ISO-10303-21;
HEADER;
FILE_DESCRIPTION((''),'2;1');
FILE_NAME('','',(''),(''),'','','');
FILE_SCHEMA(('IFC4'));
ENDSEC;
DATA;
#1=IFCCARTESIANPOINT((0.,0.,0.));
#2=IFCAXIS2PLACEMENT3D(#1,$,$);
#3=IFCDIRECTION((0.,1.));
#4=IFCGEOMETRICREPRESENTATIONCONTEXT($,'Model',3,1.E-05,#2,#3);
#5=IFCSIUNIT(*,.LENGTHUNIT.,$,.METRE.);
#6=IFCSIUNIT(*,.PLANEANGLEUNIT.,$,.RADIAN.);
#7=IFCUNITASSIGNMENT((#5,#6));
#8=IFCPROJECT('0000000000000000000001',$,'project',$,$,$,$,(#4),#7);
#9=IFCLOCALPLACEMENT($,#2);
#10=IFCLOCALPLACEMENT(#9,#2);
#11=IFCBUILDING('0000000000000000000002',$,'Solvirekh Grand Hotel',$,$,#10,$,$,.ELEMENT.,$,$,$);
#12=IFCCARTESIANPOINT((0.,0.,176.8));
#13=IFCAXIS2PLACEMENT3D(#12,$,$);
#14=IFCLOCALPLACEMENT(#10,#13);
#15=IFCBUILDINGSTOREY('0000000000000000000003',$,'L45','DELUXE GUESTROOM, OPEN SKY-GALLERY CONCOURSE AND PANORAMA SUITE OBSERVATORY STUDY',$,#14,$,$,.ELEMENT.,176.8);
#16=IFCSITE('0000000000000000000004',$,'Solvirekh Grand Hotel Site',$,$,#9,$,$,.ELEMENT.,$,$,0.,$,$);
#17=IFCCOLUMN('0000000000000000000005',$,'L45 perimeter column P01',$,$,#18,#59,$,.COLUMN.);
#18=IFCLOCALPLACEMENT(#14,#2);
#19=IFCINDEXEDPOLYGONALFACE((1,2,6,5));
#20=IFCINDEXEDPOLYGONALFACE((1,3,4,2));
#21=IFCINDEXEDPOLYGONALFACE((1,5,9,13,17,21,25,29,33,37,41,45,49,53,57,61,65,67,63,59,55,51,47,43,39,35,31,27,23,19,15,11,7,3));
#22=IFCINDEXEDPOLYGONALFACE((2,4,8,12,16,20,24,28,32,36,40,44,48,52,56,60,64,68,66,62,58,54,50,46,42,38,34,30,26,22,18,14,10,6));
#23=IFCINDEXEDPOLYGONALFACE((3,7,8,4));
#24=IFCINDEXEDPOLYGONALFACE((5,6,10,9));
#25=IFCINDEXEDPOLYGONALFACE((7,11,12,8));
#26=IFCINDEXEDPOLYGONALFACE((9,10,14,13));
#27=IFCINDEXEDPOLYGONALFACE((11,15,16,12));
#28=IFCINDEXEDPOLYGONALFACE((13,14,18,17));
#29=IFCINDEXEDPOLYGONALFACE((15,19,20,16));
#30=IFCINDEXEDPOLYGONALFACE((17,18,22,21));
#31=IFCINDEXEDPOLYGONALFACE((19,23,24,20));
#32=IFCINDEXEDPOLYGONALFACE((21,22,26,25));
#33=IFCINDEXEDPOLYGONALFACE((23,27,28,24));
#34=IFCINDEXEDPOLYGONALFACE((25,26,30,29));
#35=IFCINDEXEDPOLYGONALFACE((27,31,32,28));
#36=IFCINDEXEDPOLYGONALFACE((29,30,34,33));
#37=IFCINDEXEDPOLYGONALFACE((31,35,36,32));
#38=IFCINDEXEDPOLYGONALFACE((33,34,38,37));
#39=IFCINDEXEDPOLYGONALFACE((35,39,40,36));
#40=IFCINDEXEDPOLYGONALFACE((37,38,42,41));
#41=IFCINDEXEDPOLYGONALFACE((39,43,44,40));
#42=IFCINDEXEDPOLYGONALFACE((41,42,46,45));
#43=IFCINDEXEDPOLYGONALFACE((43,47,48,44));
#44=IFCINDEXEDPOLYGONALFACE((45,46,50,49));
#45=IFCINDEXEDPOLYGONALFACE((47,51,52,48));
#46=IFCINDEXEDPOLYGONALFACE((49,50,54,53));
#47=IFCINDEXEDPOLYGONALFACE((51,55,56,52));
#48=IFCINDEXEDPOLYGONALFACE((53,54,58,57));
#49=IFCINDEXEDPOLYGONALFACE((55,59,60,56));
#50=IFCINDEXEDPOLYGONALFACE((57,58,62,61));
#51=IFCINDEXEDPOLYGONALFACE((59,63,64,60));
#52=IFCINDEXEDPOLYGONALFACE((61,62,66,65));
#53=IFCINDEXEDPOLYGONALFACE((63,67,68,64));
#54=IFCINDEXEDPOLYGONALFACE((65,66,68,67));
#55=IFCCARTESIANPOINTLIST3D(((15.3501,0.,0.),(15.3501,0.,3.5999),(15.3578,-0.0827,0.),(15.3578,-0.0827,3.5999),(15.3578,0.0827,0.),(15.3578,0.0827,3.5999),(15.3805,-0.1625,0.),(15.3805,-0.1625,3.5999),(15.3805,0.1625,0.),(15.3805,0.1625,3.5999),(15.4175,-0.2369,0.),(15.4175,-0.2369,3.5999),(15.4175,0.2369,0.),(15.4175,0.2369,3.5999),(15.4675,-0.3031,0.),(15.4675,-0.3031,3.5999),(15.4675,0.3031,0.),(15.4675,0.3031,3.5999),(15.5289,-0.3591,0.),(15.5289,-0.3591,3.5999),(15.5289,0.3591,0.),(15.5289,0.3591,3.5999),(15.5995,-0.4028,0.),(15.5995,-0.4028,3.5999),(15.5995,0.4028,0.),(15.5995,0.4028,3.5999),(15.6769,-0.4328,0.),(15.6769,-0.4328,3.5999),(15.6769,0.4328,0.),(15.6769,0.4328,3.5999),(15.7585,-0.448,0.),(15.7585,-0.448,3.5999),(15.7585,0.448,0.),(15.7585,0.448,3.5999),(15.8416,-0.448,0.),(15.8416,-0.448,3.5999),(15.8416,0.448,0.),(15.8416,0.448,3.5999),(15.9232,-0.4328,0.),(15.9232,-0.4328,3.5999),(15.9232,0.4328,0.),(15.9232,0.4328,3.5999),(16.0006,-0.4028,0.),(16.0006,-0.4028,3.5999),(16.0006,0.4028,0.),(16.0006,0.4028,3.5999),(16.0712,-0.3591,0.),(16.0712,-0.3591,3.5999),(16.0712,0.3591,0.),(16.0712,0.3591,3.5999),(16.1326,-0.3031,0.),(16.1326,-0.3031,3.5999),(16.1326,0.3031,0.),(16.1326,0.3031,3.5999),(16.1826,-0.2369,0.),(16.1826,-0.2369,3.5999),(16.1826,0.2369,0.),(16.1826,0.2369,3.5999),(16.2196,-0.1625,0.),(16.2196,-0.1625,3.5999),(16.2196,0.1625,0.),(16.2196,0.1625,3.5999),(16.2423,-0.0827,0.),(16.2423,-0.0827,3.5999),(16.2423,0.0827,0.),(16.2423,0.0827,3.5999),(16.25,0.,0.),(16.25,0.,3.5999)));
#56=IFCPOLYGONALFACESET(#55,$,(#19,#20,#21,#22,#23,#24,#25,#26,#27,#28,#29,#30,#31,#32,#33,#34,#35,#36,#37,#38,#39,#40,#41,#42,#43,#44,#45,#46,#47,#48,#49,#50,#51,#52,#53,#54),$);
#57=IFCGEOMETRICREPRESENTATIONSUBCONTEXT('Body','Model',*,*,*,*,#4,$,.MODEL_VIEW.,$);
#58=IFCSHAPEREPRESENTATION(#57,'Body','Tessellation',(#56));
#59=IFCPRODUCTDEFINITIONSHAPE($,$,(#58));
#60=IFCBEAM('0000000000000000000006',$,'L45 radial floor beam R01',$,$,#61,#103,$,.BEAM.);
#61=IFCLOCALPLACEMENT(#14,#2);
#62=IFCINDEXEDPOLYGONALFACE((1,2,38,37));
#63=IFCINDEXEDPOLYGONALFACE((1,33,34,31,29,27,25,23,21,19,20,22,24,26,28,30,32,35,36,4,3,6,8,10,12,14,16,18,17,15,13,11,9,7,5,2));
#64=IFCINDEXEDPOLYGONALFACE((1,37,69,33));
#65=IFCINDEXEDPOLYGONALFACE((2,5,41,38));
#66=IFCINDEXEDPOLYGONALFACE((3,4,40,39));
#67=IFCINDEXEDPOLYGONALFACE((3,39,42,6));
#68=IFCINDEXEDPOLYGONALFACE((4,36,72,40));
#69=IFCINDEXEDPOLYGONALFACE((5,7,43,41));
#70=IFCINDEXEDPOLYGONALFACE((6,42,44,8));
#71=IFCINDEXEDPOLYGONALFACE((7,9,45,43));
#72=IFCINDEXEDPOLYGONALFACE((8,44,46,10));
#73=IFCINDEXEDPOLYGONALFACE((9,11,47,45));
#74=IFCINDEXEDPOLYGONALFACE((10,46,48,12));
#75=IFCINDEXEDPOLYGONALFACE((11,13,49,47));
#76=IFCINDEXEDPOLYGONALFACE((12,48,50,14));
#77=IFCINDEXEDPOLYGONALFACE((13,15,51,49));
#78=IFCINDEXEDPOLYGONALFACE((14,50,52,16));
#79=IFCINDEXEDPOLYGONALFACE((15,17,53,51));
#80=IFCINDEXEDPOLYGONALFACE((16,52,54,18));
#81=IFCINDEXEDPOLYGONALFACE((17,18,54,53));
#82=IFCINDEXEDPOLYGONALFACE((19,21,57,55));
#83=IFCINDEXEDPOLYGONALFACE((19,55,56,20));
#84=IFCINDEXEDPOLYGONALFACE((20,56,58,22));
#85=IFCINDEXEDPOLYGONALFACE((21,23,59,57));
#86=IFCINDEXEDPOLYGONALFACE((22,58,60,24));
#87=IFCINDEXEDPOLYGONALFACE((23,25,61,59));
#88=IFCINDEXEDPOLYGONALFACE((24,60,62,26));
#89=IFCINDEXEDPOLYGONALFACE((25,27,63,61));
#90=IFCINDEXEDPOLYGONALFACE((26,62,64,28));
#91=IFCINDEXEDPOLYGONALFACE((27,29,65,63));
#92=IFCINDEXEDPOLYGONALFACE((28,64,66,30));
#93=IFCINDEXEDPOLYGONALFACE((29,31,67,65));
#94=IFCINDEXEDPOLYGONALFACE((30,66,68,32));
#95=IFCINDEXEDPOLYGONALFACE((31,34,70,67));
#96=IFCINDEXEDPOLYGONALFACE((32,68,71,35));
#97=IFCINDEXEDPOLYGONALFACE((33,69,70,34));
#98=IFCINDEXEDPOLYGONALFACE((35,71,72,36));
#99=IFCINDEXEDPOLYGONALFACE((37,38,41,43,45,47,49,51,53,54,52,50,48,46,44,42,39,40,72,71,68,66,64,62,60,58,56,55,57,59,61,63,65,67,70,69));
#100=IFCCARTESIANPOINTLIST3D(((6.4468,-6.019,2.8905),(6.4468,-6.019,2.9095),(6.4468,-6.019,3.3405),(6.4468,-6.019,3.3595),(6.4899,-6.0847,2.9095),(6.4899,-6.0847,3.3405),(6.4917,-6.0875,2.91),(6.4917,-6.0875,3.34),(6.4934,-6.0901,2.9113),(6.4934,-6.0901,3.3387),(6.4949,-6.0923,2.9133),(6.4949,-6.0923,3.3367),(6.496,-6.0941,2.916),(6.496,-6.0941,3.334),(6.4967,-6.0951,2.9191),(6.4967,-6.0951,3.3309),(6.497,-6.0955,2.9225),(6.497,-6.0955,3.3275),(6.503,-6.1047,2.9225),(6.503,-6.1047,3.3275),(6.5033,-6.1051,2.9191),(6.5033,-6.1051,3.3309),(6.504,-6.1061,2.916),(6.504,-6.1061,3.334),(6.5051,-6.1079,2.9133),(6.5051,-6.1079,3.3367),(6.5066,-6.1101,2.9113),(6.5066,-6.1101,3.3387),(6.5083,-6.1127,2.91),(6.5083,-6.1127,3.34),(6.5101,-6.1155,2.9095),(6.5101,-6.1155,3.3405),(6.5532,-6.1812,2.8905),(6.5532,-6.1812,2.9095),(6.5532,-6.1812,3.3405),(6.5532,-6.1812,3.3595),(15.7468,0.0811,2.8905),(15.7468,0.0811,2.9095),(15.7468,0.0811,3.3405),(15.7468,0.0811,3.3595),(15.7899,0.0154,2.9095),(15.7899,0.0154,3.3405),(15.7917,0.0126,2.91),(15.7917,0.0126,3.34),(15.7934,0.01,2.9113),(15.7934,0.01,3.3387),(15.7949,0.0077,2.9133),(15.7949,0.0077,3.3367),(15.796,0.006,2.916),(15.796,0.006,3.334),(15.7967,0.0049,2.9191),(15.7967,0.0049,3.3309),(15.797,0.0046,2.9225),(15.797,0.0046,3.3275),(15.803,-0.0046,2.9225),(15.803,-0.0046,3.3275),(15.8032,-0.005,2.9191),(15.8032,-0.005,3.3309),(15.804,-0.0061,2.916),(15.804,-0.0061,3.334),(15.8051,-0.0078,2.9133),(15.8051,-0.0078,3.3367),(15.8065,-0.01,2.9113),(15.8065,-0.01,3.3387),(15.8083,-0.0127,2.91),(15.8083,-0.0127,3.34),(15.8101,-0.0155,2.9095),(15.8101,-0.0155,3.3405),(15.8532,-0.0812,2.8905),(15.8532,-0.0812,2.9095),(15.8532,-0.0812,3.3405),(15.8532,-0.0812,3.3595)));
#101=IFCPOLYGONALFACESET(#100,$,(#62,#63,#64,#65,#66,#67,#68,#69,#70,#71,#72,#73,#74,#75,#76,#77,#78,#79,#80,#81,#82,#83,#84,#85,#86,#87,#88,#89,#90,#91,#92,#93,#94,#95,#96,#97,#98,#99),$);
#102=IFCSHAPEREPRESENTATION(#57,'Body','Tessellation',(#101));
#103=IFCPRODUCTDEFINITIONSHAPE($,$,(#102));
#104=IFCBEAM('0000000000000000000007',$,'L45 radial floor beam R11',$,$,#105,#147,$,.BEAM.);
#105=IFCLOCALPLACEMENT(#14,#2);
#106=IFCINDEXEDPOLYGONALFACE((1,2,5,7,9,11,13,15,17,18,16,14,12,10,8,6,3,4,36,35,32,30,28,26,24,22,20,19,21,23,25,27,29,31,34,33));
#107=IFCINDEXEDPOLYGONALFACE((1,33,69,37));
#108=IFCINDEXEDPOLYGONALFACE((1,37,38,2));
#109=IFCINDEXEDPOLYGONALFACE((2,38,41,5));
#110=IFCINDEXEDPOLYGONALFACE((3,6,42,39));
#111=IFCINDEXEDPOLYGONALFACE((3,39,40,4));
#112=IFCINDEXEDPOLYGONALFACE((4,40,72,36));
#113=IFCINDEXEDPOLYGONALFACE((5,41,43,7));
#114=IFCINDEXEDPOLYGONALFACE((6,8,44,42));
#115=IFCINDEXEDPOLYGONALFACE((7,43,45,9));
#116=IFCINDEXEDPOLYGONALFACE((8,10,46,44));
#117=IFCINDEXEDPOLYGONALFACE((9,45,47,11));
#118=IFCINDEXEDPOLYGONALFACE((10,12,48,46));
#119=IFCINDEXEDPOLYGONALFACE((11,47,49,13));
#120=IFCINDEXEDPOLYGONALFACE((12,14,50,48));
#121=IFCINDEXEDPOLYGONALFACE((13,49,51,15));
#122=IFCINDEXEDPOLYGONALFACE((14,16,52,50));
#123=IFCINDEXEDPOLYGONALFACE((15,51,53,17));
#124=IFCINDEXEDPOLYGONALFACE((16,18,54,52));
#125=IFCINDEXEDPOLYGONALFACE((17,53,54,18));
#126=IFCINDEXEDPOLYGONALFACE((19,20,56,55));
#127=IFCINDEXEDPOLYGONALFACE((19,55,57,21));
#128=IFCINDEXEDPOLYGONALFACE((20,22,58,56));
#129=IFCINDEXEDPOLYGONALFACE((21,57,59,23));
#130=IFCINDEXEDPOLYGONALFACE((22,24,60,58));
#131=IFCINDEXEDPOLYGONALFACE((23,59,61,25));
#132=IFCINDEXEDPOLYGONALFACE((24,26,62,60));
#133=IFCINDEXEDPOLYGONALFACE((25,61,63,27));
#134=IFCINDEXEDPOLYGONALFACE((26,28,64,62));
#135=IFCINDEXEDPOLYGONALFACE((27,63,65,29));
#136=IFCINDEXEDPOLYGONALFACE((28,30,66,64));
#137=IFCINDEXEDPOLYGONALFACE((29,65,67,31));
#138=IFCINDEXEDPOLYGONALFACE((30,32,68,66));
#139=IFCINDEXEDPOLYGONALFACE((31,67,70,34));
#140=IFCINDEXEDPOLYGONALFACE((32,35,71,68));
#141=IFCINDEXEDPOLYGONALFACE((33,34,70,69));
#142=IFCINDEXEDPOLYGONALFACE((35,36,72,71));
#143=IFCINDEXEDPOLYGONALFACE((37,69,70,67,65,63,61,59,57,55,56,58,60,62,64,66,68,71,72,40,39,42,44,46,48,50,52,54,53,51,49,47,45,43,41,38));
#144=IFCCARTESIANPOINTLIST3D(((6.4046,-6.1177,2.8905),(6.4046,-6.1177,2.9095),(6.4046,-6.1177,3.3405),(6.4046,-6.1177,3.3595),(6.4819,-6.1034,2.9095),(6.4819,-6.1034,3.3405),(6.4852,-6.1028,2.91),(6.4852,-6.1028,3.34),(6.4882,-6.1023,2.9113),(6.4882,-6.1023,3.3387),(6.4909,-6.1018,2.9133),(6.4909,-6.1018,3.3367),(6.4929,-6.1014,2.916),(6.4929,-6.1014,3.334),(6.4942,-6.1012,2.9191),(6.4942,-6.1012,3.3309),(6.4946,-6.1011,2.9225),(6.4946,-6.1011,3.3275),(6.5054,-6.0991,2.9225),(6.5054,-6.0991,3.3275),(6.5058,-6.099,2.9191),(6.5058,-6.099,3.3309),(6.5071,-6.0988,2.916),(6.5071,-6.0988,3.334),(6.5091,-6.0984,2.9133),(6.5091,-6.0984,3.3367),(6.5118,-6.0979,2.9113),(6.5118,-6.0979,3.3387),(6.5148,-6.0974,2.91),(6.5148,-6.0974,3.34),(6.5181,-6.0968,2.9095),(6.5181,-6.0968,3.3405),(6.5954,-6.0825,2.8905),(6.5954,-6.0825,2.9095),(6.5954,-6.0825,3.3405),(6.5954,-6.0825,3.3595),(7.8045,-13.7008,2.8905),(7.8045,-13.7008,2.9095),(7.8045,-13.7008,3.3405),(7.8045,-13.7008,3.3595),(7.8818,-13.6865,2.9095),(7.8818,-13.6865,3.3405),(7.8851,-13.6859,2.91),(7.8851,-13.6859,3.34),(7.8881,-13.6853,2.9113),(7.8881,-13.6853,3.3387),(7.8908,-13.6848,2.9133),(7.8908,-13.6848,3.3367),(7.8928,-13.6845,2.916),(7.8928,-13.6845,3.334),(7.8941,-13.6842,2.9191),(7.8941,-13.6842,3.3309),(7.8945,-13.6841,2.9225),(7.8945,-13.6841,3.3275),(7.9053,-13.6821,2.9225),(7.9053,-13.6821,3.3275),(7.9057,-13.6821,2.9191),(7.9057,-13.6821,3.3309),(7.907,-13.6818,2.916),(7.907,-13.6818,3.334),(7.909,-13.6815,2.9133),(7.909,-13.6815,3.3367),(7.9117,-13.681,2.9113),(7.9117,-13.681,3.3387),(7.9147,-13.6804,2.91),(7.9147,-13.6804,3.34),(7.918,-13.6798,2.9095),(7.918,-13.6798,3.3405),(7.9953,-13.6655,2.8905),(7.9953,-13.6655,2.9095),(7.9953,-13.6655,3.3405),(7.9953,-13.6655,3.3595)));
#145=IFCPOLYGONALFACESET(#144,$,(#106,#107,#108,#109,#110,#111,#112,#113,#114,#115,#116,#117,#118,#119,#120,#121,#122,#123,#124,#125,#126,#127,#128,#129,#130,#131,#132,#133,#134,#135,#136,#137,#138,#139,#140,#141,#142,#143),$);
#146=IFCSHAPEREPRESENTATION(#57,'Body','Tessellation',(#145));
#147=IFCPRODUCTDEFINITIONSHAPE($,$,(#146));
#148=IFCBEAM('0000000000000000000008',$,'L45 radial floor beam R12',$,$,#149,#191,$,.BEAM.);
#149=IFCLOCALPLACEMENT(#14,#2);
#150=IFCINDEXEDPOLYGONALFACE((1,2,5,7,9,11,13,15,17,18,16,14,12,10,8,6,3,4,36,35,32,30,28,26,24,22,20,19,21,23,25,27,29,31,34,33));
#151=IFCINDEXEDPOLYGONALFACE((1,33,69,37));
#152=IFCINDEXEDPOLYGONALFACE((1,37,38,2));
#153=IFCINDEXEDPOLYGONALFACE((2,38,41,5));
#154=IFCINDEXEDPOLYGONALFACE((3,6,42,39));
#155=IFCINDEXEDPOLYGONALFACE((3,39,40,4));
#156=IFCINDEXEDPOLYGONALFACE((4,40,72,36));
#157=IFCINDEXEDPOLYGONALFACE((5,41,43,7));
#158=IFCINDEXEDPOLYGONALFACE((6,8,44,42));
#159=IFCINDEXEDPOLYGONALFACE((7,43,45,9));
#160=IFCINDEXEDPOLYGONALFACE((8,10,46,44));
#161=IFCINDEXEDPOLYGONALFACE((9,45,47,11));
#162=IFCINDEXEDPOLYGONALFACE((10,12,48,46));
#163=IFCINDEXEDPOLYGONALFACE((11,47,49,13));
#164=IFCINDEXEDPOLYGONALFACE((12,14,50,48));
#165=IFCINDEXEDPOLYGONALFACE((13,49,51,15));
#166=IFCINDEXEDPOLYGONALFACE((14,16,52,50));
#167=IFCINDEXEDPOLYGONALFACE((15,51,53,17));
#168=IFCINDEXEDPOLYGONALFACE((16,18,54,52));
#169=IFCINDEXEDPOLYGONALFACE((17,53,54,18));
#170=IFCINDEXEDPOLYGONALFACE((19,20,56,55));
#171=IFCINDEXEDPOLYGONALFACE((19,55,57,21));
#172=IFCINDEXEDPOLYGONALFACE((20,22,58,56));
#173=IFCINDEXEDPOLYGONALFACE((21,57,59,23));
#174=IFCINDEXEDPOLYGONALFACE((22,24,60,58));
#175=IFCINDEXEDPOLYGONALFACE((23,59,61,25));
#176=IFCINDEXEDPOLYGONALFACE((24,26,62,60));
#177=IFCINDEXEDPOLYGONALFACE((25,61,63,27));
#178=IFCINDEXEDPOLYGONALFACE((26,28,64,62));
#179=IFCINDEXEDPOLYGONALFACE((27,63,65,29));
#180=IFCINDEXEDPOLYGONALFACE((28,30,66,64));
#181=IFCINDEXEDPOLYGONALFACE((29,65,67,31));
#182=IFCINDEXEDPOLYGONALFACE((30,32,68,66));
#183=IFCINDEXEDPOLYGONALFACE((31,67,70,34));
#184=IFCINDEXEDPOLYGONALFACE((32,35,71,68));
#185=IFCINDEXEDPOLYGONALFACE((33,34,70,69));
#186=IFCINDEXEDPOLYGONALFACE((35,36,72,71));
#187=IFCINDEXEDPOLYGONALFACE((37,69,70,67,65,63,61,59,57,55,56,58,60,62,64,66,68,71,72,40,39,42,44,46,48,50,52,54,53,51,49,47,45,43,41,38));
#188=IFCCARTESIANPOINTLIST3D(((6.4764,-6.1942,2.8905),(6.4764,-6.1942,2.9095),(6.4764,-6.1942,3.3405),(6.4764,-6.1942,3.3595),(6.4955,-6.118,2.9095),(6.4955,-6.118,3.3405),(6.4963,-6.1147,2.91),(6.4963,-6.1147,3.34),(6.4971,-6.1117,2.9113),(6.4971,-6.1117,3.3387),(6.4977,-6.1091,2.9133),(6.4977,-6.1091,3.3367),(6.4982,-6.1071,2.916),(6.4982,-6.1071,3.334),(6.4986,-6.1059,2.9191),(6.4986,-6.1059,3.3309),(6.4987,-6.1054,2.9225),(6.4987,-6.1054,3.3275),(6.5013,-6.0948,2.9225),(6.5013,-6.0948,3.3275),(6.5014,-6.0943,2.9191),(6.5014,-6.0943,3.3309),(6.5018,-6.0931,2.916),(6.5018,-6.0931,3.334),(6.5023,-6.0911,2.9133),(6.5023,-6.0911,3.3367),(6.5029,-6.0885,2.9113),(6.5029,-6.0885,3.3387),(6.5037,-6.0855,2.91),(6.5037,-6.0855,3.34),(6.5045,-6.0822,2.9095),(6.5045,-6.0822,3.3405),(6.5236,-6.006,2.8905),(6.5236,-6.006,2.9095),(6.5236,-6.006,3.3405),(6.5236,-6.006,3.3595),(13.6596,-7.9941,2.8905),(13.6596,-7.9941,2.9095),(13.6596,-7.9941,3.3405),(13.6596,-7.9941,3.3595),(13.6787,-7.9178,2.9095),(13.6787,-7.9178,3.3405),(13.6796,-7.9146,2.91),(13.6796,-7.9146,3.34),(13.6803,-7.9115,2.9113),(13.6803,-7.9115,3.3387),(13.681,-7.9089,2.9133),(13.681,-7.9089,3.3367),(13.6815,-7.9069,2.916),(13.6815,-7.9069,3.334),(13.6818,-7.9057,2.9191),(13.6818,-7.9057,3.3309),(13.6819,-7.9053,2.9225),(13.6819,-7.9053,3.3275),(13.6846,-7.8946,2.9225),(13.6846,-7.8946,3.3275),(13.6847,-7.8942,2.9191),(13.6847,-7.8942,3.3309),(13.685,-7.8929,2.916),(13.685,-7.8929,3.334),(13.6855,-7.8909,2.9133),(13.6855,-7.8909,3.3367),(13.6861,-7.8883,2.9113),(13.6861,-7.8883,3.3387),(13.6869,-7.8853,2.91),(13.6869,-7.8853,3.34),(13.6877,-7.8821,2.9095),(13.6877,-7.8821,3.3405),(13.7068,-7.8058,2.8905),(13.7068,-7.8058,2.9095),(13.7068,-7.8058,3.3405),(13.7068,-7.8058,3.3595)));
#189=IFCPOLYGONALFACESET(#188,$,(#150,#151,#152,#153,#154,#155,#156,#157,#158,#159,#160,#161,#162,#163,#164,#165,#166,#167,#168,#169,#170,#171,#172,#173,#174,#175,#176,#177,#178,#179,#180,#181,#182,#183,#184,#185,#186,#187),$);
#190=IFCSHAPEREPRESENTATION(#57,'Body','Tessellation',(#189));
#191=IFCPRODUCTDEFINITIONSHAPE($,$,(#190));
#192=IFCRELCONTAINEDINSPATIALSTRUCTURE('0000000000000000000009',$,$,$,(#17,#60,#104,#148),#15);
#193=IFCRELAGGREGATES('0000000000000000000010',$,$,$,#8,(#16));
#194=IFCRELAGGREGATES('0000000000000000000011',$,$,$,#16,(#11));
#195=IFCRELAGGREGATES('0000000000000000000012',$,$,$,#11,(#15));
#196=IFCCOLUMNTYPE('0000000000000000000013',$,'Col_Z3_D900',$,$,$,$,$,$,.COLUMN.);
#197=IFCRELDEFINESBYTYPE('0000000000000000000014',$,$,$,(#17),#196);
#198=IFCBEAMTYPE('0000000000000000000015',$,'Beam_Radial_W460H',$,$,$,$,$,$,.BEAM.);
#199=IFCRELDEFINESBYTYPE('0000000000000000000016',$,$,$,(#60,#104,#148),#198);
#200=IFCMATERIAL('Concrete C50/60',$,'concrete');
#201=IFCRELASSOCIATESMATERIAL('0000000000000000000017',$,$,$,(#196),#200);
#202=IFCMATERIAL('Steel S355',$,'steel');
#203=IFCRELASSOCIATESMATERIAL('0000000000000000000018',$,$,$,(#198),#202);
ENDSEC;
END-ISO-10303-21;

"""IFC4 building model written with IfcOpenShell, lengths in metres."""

from ifc_helpers import new_model, si_unit, direction, frame, origin, origin_2d, place, context, subcontext, project, spatial, circle, i_section, extrude, material, material_profile, profile_set, type_object, element, save


model = new_model("IFC4")

# Units and contexts
model_context = context("Model", 3, precision=1e-05, world=origin(), true_north=direction((0.0, 1.0)))
body_context = subcontext(model_context, "Body", "Model", "MODEL_VIEW")
ifc_project = project(units=[si_unit("LENGTHUNIT", "METRE"), si_unit("PLANEANGLEUNIT", "RADIAN")], contexts=[model_context])

# Site, building, storey
site_placement = place(None, origin())
site = spatial("IfcSite", under=ifc_project, at=site_placement, Name="Solvirekh Grand Hotel Site", CompositionType="ELEMENT", RefElevation=0.0)
building_placement = place(site_placement, origin())
building = spatial("IfcBuilding", under=site, at=building_placement, Name="Solvirekh Grand Hotel", CompositionType="ELEMENT")
storey_placement = place(building_placement, frame((0.0, 0.0, 176.8)))
storey = spatial("IfcBuildingStorey", under=building, at=storey_placement, Name="L45", Description="DELUXE GUESTROOM, OPEN SKY-GALLERY CONCOURSE AND PANORAMA SUITE OBSERVATORY STUDY", CompositionType="ELEMENT", Elevation=176.8)

# Column
ifc_material_1 = material(Name="Concrete C50/60", Category="concrete")
ifc_material_profile_1 = material_profile(ifc_material_1, circle(Radius=0.45, at=origin_2d()), Name="RC CIRC D900")
ifc_profile_set_1 = profile_set([ifc_material_profile_1], Name="Concrete C50/60")
column_type = type_object("IfcColumnType", Name="Col_Z3_D900", PredefinedType="COLUMN", material=ifc_profile_set_1)
column_placement = place(storey_placement, frame((15.8, 0.0, 0.0), z_axis=(0.0, 0.0, 1.0), x_axis=(1.0, 0.0, 0.0)))
element("IfcColumn", 1, at=column_placement, inside=storey, type_object=column_type, Name="L45 perimeter column P01", PredefinedType="COLUMN", context=body_context, shape_type="SweptSolid", body=[
    extrude(circle(Radius=0.45, at=origin_2d()), origin(), (0.0, 0.0, 1.0), 3.5999),
])

# Beams
ifc_material_2 = material(Name="Steel S355", Category="steel")
ifc_material_profile_2 = material_profile(ifc_material_2, i_section(OverallWidth=0.1941, OverallDepth=0.469, WebThickness=0.011, FlangeThickness=0.019, FilletRadius=0.0129, at=origin_2d()), Name="W460X106")
ifc_profile_set_2 = profile_set([ifc_material_profile_2], Name="Steel S355")
beam_type_1 = type_object("IfcBeamType", Name="Beam_Radial_W460H", PredefinedType="BEAM", material=ifc_profile_set_2)
beam_1_placement = place(storey_placement, frame((6.5, -6.1001, 3.125), z_axis=(0.836174, 0.548464, 0.0), x_axis=(-0.548464, 0.836174, 0.0)))
element("IfcBeam", 2, at=beam_1_placement, inside=storey, type_object=beam_type_1, Name="L45 radial floor beam R01", PredefinedType="BEAM", context=body_context, shape_type="SweptSolid", body=[
    extrude(i_section(OverallWidth=0.1941, OverallDepth=0.469, WebThickness=0.011, FlangeThickness=0.019, FilletRadius=0.0129, at=origin_2d()), origin(), (0.0, 0.0, 1.0), 11.1221),
])
beam_2_placement = place(storey_placement, frame((6.5, -6.1001, 3.125), z_axis=(0.181543, -0.983383, 0.0), x_axis=(0.983383, 0.181543, 0.0)))
element("IfcBeam", 3, at=beam_2_placement, inside=storey, type_object=beam_type_1, Name="L45 radial floor beam R11", PredefinedType="BEAM", context=body_context, shape_type="SweptSolid", body=[
    extrude(i_section(OverallWidth=0.1941, OverallDepth=0.469, WebThickness=0.011, FlangeThickness=0.019, FilletRadius=0.0129, at=origin_2d()), origin(), (0.0, 0.0, 1.0), 7.7112),
])
beam_3_placement = place(storey_placement, frame((6.5, -6.1001, 3.125), z_axis=(0.970014, -0.243048, 0.0), x_axis=(0.243048, 0.970014, 0.0)))
element("IfcBeam", 4, at=beam_3_placement, inside=storey, type_object=beam_type_1, Name="L45 radial floor beam R12", PredefinedType="BEAM", context=body_context, shape_type="SweptSolid", body=[
    extrude(i_section(OverallWidth=0.1941, OverallDepth=0.469, WebThickness=0.011, FlangeThickness=0.019, FilletRadius=0.0129, at=origin_2d()), origin(), (0.0, 0.0, 1.0), 7.4053),
])

save(model, "model.ifc")
